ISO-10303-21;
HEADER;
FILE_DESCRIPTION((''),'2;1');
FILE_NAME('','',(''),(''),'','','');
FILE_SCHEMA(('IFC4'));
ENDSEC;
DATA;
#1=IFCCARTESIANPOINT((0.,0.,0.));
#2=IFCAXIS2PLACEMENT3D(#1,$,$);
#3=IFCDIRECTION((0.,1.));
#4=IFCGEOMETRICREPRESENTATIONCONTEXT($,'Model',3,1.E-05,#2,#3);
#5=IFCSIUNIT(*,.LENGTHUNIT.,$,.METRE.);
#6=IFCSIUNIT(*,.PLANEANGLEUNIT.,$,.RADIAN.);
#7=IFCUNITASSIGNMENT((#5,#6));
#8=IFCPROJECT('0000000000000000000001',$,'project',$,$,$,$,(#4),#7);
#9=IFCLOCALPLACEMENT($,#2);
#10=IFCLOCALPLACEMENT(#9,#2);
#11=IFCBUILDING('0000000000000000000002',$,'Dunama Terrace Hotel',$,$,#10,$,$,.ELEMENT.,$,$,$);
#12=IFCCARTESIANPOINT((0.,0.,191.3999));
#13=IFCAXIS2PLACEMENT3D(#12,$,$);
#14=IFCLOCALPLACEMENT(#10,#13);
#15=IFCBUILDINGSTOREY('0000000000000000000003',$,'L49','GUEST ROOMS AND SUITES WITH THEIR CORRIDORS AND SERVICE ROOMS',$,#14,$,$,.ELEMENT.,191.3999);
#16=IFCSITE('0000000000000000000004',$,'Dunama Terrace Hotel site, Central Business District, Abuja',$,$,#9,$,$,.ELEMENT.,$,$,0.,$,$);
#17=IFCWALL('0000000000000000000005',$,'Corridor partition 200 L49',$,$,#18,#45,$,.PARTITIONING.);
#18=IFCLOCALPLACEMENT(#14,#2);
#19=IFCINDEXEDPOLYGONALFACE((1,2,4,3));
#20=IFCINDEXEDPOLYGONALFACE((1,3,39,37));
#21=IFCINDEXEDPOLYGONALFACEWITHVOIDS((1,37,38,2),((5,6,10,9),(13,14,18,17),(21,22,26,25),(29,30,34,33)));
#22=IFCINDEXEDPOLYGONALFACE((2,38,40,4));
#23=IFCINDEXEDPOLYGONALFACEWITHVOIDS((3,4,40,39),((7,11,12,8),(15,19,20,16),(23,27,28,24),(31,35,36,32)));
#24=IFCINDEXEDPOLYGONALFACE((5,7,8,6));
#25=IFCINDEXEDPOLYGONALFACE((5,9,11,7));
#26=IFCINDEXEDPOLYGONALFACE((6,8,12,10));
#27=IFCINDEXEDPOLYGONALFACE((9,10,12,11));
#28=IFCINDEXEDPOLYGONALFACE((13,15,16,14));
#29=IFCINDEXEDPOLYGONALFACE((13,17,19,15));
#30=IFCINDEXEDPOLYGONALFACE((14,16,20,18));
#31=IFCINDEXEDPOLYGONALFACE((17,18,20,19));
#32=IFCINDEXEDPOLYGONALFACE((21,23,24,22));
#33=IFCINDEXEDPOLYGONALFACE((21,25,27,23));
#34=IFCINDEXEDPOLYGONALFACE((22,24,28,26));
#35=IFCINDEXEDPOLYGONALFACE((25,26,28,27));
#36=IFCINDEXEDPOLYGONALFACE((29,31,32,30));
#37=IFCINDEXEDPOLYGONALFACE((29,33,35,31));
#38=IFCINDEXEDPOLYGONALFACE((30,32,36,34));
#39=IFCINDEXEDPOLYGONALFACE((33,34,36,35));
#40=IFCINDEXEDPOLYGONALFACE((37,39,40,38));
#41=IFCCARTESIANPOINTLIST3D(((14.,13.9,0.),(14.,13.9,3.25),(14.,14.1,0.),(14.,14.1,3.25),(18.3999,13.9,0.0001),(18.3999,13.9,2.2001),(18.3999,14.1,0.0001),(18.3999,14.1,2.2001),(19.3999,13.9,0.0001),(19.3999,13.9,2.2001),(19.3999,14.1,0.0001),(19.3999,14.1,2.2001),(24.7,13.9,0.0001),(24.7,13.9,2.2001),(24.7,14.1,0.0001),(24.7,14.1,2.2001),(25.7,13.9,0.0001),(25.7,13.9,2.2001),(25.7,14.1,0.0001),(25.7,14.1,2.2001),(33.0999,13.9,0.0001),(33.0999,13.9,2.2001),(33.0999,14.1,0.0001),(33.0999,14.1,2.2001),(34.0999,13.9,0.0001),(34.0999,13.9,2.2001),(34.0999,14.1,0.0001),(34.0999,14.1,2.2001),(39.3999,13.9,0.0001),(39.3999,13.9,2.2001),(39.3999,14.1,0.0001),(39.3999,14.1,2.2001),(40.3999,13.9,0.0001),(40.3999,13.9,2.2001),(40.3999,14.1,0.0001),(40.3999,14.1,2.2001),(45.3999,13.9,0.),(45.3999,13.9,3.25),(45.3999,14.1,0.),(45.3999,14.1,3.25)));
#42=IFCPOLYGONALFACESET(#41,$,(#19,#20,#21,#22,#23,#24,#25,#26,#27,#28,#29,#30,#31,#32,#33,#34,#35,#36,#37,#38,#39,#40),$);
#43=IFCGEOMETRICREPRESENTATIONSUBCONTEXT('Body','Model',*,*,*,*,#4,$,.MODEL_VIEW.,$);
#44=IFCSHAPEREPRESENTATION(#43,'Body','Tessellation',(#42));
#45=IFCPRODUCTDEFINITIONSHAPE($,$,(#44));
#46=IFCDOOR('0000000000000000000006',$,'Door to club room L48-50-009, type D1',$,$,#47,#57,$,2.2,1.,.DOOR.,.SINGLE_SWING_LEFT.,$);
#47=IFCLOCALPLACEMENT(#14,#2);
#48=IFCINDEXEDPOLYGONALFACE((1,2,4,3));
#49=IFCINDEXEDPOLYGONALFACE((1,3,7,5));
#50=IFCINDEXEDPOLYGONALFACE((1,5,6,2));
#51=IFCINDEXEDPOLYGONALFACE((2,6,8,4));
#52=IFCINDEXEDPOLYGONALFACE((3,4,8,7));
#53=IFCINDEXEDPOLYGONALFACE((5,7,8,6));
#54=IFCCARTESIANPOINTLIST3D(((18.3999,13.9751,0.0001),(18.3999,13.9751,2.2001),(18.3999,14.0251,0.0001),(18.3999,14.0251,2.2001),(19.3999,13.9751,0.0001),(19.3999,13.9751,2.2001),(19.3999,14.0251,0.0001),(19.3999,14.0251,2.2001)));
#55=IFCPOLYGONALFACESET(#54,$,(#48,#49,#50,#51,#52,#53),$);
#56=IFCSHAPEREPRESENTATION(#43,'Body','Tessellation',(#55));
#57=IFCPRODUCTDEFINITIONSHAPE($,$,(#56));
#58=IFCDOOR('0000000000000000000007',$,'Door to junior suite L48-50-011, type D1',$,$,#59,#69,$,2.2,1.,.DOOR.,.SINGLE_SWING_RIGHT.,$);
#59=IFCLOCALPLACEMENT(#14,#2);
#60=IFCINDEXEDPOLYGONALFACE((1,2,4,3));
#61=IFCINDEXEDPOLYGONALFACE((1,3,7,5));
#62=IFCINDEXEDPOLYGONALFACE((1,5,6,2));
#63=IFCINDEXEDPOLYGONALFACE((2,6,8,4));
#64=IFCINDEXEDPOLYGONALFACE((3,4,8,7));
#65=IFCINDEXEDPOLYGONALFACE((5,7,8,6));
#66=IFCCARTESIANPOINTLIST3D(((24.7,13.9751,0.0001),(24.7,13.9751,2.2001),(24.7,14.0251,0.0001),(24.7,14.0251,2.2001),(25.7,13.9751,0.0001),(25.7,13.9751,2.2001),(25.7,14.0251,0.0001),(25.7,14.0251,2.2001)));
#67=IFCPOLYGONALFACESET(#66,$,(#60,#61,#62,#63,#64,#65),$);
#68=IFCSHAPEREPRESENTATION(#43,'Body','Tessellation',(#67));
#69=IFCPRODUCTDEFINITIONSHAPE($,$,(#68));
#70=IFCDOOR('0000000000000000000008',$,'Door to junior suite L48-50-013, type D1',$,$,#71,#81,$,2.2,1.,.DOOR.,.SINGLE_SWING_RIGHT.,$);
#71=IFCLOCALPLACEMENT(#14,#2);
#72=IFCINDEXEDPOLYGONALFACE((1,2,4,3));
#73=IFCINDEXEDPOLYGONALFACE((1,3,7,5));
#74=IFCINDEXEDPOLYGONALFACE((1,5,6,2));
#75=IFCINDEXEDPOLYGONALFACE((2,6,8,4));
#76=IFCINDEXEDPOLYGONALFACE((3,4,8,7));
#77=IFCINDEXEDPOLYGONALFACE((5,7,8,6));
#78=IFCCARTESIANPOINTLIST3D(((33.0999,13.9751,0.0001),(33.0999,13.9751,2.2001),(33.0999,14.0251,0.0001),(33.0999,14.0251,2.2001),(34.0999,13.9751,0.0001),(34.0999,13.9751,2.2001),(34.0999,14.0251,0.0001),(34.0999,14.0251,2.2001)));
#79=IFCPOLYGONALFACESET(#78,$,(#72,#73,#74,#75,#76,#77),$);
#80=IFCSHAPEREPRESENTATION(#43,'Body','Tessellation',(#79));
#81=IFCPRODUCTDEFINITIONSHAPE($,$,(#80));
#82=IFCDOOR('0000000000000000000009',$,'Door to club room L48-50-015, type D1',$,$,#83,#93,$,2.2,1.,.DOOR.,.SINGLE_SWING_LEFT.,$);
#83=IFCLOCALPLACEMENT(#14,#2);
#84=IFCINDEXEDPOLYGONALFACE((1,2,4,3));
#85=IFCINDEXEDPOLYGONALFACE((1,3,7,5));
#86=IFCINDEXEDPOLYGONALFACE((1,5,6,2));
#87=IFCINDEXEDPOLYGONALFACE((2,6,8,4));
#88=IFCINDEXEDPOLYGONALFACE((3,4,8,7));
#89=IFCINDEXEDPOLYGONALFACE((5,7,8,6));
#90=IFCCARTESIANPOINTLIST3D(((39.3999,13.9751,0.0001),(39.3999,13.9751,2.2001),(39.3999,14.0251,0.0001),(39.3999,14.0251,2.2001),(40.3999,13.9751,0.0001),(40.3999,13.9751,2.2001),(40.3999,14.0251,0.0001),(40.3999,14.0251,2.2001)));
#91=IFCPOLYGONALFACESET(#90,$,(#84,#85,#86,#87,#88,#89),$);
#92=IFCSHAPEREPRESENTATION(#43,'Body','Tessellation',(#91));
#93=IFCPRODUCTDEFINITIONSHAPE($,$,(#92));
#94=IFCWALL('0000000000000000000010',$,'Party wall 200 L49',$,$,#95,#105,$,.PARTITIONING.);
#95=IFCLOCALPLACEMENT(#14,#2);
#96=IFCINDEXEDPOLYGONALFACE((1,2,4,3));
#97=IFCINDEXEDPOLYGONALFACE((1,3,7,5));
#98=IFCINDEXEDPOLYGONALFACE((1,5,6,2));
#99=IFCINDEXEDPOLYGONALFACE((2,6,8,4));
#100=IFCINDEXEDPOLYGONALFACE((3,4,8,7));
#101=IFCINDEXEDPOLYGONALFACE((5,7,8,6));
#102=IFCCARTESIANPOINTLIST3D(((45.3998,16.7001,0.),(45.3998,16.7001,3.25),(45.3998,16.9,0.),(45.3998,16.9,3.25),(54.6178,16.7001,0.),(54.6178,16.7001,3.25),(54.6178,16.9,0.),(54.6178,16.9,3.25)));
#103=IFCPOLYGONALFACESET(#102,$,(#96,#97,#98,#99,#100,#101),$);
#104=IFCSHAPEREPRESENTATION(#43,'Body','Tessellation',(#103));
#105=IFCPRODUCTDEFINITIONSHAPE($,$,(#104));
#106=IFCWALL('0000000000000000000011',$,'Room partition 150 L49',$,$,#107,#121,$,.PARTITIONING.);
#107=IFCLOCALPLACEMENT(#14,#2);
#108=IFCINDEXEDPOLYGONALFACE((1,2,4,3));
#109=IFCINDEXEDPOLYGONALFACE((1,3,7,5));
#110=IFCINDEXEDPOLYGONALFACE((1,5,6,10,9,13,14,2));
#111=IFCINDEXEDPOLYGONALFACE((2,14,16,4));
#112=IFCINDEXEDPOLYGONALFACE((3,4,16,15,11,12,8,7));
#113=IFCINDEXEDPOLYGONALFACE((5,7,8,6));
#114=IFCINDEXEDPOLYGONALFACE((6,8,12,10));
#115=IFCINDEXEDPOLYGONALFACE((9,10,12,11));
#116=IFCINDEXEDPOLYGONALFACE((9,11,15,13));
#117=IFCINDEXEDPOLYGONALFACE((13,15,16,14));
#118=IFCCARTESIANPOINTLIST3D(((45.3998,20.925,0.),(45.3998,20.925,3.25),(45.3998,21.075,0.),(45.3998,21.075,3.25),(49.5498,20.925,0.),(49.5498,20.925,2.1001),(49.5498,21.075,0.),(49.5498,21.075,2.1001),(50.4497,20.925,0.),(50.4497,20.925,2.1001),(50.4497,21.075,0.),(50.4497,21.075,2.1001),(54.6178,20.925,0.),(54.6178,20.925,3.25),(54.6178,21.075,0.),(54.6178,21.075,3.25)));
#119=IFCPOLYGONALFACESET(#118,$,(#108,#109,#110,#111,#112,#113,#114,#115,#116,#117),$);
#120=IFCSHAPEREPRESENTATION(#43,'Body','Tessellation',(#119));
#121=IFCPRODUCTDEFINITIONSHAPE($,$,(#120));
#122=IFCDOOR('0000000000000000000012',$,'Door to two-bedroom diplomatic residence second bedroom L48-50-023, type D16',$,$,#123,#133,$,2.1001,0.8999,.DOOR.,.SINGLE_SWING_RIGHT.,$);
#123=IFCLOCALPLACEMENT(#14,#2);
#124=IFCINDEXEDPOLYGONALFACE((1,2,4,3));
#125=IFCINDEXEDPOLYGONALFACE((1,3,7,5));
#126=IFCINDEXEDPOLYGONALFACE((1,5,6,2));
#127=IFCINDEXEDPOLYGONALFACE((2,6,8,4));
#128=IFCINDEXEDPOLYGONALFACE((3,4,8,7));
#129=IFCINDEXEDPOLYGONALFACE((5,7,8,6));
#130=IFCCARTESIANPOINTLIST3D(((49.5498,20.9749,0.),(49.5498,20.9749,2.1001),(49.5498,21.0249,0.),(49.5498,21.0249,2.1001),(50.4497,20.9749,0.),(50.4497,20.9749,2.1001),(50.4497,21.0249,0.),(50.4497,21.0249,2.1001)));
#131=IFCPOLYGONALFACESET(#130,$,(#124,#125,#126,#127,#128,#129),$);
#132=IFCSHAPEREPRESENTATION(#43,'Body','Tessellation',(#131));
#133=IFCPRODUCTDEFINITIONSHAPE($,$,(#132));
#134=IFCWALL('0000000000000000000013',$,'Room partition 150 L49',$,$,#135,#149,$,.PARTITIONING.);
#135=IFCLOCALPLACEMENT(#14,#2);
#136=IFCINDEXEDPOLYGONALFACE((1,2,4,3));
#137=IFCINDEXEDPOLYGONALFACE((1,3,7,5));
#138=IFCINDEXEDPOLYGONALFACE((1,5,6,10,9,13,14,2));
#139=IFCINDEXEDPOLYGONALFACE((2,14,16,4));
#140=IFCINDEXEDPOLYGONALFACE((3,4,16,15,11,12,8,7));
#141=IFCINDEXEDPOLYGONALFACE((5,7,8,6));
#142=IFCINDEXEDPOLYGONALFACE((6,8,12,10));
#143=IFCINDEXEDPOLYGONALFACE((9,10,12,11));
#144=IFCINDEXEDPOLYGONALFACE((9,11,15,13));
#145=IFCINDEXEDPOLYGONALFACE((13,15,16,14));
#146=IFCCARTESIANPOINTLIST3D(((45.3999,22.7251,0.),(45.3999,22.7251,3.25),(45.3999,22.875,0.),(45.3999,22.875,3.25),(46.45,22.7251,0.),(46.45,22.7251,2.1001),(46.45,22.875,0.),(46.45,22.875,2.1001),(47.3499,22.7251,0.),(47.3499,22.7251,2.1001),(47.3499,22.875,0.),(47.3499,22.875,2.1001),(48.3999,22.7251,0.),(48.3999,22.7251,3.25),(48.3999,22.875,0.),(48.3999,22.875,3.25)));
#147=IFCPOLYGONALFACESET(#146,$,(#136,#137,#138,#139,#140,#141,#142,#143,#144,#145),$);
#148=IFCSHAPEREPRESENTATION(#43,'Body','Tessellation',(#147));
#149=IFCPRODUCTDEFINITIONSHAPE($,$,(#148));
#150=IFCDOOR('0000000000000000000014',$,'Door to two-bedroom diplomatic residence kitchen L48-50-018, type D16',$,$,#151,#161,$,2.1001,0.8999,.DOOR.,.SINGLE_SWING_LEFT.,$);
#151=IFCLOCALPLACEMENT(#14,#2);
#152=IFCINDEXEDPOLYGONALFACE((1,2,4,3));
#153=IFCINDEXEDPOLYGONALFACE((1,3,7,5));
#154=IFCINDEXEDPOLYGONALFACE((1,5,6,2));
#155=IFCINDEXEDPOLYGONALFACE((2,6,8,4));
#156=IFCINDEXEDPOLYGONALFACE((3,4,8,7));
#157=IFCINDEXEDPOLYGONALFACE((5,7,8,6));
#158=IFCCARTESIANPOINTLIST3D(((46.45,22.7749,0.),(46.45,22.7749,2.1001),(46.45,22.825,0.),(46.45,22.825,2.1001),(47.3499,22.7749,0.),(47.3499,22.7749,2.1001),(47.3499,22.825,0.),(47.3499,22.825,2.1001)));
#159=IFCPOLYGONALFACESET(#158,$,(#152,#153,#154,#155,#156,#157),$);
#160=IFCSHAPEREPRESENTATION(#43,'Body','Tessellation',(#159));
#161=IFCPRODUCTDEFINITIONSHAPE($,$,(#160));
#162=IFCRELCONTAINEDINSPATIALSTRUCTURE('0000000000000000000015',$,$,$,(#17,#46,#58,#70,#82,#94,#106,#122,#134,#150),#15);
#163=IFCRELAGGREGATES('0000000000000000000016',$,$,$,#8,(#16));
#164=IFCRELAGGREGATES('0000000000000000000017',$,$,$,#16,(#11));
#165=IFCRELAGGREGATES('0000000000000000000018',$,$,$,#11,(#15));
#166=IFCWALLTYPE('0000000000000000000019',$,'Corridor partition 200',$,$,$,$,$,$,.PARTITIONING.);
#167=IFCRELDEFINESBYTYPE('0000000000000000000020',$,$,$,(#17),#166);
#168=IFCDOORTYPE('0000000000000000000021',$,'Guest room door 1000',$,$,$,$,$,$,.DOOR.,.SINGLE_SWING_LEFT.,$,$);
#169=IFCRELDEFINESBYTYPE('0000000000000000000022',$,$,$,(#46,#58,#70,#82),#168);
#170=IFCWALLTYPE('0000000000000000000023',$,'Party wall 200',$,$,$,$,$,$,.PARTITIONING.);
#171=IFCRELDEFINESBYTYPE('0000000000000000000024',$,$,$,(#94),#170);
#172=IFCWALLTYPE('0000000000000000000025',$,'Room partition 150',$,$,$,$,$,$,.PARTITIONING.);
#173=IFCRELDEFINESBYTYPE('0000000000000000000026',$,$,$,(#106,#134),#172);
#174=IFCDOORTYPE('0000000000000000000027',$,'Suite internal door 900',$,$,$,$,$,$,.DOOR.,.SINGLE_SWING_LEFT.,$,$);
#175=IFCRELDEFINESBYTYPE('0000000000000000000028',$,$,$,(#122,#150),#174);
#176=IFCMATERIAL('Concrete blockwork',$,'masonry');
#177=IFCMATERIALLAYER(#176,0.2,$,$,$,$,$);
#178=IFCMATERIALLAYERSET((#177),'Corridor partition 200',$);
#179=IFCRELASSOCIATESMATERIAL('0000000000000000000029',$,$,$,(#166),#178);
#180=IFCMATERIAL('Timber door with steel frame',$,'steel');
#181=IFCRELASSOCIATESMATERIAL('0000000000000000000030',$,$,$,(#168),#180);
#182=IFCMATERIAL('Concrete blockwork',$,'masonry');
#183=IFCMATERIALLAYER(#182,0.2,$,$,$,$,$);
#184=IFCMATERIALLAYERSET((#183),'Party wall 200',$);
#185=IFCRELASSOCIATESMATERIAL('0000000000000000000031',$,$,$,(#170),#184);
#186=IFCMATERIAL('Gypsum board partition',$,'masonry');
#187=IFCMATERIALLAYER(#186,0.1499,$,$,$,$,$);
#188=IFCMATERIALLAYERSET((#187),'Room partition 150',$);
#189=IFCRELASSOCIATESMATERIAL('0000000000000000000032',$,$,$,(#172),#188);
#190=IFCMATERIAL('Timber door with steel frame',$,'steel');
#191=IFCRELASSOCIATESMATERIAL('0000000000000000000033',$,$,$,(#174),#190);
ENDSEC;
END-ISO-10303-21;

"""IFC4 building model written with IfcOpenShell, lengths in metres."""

from ifc_helpers import new_model, si_unit, direction, frame, frame_2d, origin, place, context, subcontext, project, spatial, rectangle, extrude, material, layer, layer_set, type_object, element, fill, save


model = new_model("IFC4")

# Units and contexts
model_context = context("Model", 3, precision=1e-05, world=origin(), true_north=direction((0.0, 1.0)))
body_context = subcontext(model_context, "Body", "Model", "MODEL_VIEW")
ifc_project = project(units=[si_unit("LENGTHUNIT", "METRE"), si_unit("PLANEANGLEUNIT", "RADIAN")], contexts=[model_context])

# Site, building, storey
site_placement = place(None, origin())
site = spatial("IfcSite", under=ifc_project, at=site_placement, Name="Dunama Terrace Hotel site, Central Business District, Abuja", CompositionType="ELEMENT", RefElevation=0.0)
building_placement = place(site_placement, origin())
building = spatial("IfcBuilding", under=site, at=building_placement, Name="Dunama Terrace Hotel", CompositionType="ELEMENT")
storey_placement = place(building_placement, frame((0.0, 0.0, 191.3999)))
storey = spatial("IfcBuildingStorey", under=building, at=storey_placement, Name="L49", Description="GUEST ROOMS AND SUITES WITH THEIR CORRIDORS AND SERVICE ROOMS", CompositionType="ELEMENT", Elevation=191.3999)

# Wall, openings, doors
ifc_material_1 = material(Name="Concrete blockwork", Category="masonry")
ifc_layer_1 = layer(ifc_material_1, 0.2)
ifc_layer_set_1 = layer_set([ifc_layer_1], Name="Corridor partition 200")
wall_type_1 = type_object("IfcWallType", Name="Corridor partition 200", PredefinedType="PARTITIONING", material=ifc_layer_set_1)
wall_1_placement = place(storey_placement, frame((45.3999, 14.0, 0.0), z_axis=(0.0, 0.0, 1.0), x_axis=(-1.0, 0.0, 0.0)))
wall_1 = element("IfcWall", 1, at=wall_1_placement, inside=storey, type_object=wall_type_1, Name="Corridor partition 200 L49", PredefinedType="PARTITIONING", context=body_context, shape_type="SweptSolid", body=[
    extrude(rectangle(XDim=31.3999, YDim=0.2, at=frame_2d((15.7, 0.0))), origin(), (0.0, 0.0, 1.0), 3.25),
])
opening_1_placement = place(wall_1_placement, frame((26.0, 0.0, 0.0)))
opening_1 = element("IfcOpeningElement", 2, at=opening_1_placement, cuts=wall_1, PredefinedType="OPENING", context=body_context, shape_type="SweptSolid", body=[
    extrude(rectangle(XDim=1.0, YDim=2.2, at=frame_2d((0.5, 1.1001))), frame((0.0, 0.1099, 0.0), z_axis=(0.0, -1.0, 0.0), x_axis=(1.0, 0.0, 0.0)), (0.0, 0.0, 1.0), 0.22),
])
opening_2_placement = place(wall_1_placement, frame((19.7, 0.0, 0.0)))
opening_2 = element("IfcOpeningElement", 3, at=opening_2_placement, cuts=wall_1, PredefinedType="OPENING", context=body_context, shape_type="SweptSolid", body=[
    extrude(rectangle(XDim=1.0, YDim=2.2, at=frame_2d((0.5, 1.1001))), frame((0.0, 0.1099, 0.0), z_axis=(0.0, -1.0, 0.0), x_axis=(1.0, 0.0, 0.0)), (0.0, 0.0, 1.0), 0.22),
])
opening_3_placement = place(wall_1_placement, frame((11.3, 0.0, 0.0)))
opening_3 = element("IfcOpeningElement", 4, at=opening_3_placement, cuts=wall_1, PredefinedType="OPENING", context=body_context, shape_type="SweptSolid", body=[
    extrude(rectangle(XDim=1.0, YDim=2.2, at=frame_2d((0.5, 1.1001))), frame((0.0, 0.1099, 0.0), z_axis=(0.0, -1.0, 0.0), x_axis=(1.0, 0.0, 0.0)), (0.0, 0.0, 1.0), 0.22),
])
opening_4_placement = place(wall_1_placement, frame((5.0, 0.0, 0.0)))
opening_4 = element("IfcOpeningElement", 5, at=opening_4_placement, cuts=wall_1, PredefinedType="OPENING", context=body_context, shape_type="SweptSolid", body=[
    extrude(rectangle(XDim=1.0, YDim=2.2, at=frame_2d((0.5, 1.1001))), frame((0.0, 0.1099, 0.0), z_axis=(0.0, -1.0, 0.0), x_axis=(1.0, 0.0, 0.0)), (0.0, 0.0, 1.0), 0.22),
])
ifc_material_2 = material(Name="Timber door with steel frame", Category="steel")
door_type_1 = type_object("IfcDoorType", Name="Guest room door 1000", OperationType="SINGLE_SWING_LEFT", PredefinedType="DOOR", material=ifc_material_2)
door_1_placement = place(opening_1_placement, origin())
door_1 = element("IfcDoor", 6, at=door_1_placement, inside=storey, type_object=door_type_1, Name="Door to club room L48-50-009, type D1", OperationType="SINGLE_SWING_LEFT", OverallHeight=2.2, OverallWidth=1.0, PredefinedType="DOOR", context=body_context, shape_type="SweptSolid", body=[
    extrude(rectangle(XDim=1.0, YDim=2.2, at=frame_2d((0.5, 1.1001))), frame((0.0, 0.0249, 0.0), z_axis=(0.0, -1.0, 0.0), x_axis=(1.0, 0.0, 0.0)), (0.0, 0.0, 1.0), 0.05),
])
fill(opening_1, door_1)
door_2_placement = place(opening_2_placement, origin())
door_2 = element("IfcDoor", 7, at=door_2_placement, inside=storey, type_object=door_type_1, Name="Door to junior suite L48-50-011, type D1", OperationType="SINGLE_SWING_RIGHT", OverallHeight=2.2, OverallWidth=1.0, PredefinedType="DOOR", context=body_context, shape_type="SweptSolid", body=[
    extrude(rectangle(XDim=1.0, YDim=2.2, at=frame_2d((0.5, 1.1001))), frame((0.0, 0.0249, 0.0), z_axis=(0.0, -1.0, 0.0), x_axis=(1.0, 0.0, 0.0)), (0.0, 0.0, 1.0), 0.05),
])
fill(opening_2, door_2)
door_3_placement = place(opening_3_placement, origin())
door_3 = element("IfcDoor", 8, at=door_3_placement, inside=storey, type_object=door_type_1, Name="Door to junior suite L48-50-013, type D1", OperationType="SINGLE_SWING_RIGHT", OverallHeight=2.2, OverallWidth=1.0, PredefinedType="DOOR", context=body_context, shape_type="SweptSolid", body=[
    extrude(rectangle(XDim=1.0, YDim=2.2, at=frame_2d((0.5, 1.1001))), frame((0.0, 0.0249, 0.0), z_axis=(0.0, -1.0, 0.0), x_axis=(1.0, 0.0, 0.0)), (0.0, 0.0, 1.0), 0.05),
])
fill(opening_3, door_3)
door_4_placement = place(opening_4_placement, origin())
door_4 = element("IfcDoor", 9, at=door_4_placement, inside=storey, type_object=door_type_1, Name="Door to club room L48-50-015, type D1", OperationType="SINGLE_SWING_LEFT", OverallHeight=2.2, OverallWidth=1.0, PredefinedType="DOOR", context=body_context, shape_type="SweptSolid", body=[
    extrude(rectangle(XDim=1.0, YDim=2.2, at=frame_2d((0.5, 1.1001))), frame((0.0, 0.0249, 0.0), z_axis=(0.0, -1.0, 0.0), x_axis=(1.0, 0.0, 0.0)), (0.0, 0.0, 1.0), 0.05),
])
fill(opening_4, door_4)

# Wall
ifc_material_3 = material(Name="Concrete blockwork", Category="masonry")
ifc_layer_2 = layer(ifc_material_3, 0.2)
ifc_layer_set_2 = layer_set([ifc_layer_2], Name="Party wall 200")
wall_type_2 = type_object("IfcWallType", Name="Party wall 200", PredefinedType="PARTITIONING", material=ifc_layer_set_2)
wall_2_placement = place(storey_placement, frame((45.3999, 16.8, 0.0), z_axis=(0.0, 0.0, 1.0), x_axis=(1.0, 0.0, 0.0)))
element("IfcWall", 10, at=wall_2_placement, inside=storey, type_object=wall_type_2, Name="Party wall 200 L49", PredefinedType="PARTITIONING", context=body_context, shape_type="SweptSolid", body=[
    extrude(rectangle(XDim=9.218, YDim=0.2, at=frame_2d((4.6089, 0.0))), origin(), (0.0, 0.0, 1.0), 3.25),
])

# Walls, openings, doors
ifc_material_4 = material(Name="Gypsum board partition", Category="masonry")
ifc_layer_3 = layer(ifc_material_4, 0.1499)
ifc_layer_set_3 = layer_set([ifc_layer_3], Name="Room partition 150")
wall_type_3 = type_object("IfcWallType", Name="Room partition 150", PredefinedType="PARTITIONING", material=ifc_layer_set_3)
wall_3_placement = place(storey_placement, frame((45.3999, 21.0, 0.0), z_axis=(0.0, 0.0, 1.0), x_axis=(1.0, 0.0, 0.0)))
wall_3 = element("IfcWall", 11, at=wall_3_placement, inside=storey, type_object=wall_type_3, Name="Room partition 150 L49", PredefinedType="PARTITIONING", context=body_context, shape_type="SweptSolid", body=[
    extrude(rectangle(XDim=9.218, YDim=0.1499, at=frame_2d((4.6089, 0.0))), origin(), (0.0, 0.0, 1.0), 3.25),
])
opening_5_placement = place(wall_3_placement, frame((4.1499, 0.0, 0.0)))
opening_5 = element("IfcOpeningElement", 12, at=opening_5_placement, cuts=wall_3, PredefinedType="OPENING", context=body_context, shape_type="SweptSolid", body=[
    extrude(rectangle(XDim=0.8999, YDim=2.1001, at=frame_2d((0.45, 1.05))), frame((0.0, 0.085, 0.0), z_axis=(0.0, -1.0, 0.0), x_axis=(1.0, 0.0, 0.0)), (0.0, 0.0, 1.0), 0.1699),
])
ifc_material_5 = material(Name="Timber door with steel frame", Category="steel")
door_type_2 = type_object("IfcDoorType", Name="Suite internal door 900", OperationType="SINGLE_SWING_LEFT", PredefinedType="DOOR", material=ifc_material_5)
door_5_placement = place(opening_5_placement, frame((0.8999, 0.0, 0.0), z_axis=(0.0, 0.0, 1.0), x_axis=(-1.0, 0.0, 0.0)))
door_5 = element("IfcDoor", 13, at=door_5_placement, inside=storey, type_object=door_type_2, Name="Door to two-bedroom diplomatic residence second bedroom L48-50-023, type D16", OperationType="SINGLE_SWING_RIGHT", OverallHeight=2.1001, OverallWidth=0.8999, PredefinedType="DOOR", context=body_context, shape_type="SweptSolid", body=[
    extrude(rectangle(XDim=0.8999, YDim=2.1001, at=frame_2d((0.45, 1.05))), frame((0.0, 0.0251, 0.0), z_axis=(0.0, -1.0, 0.0), x_axis=(1.0, 0.0, 0.0)), (0.0, 0.0, 1.0), 0.05),
])
fill(opening_5, door_5)
wall_4_placement = place(storey_placement, frame((45.3999, 22.8, 0.0), z_axis=(0.0, 0.0, 1.0), x_axis=(1.0, 0.0, 0.0)))
wall_4 = element("IfcWall", 14, at=wall_4_placement, inside=storey, type_object=wall_type_3, Name="Room partition 150 L49", PredefinedType="PARTITIONING", context=body_context, shape_type="SweptSolid", body=[
    extrude(rectangle(XDim=3.0, YDim=0.1499, at=frame_2d((1.5, 0.0))), origin(), (0.0, 0.0, 1.0), 3.25),
])
opening_6_placement = place(wall_4_placement, frame((1.05, 0.0, 0.0)))
opening_6 = element("IfcOpeningElement", 15, at=opening_6_placement, cuts=wall_4, PredefinedType="OPENING", context=body_context, shape_type="SweptSolid", body=[
    extrude(rectangle(XDim=0.8999, YDim=2.1001, at=frame_2d((0.45, 1.05))), frame((0.0, 0.085, 0.0), z_axis=(0.0, -1.0, 0.0), x_axis=(1.0, 0.0, 0.0)), (0.0, 0.0, 1.0), 0.1699),
])
door_6_placement = place(opening_6_placement, origin())
door_6 = element("IfcDoor", 16, at=door_6_placement, inside=storey, type_object=door_type_2, Name="Door to two-bedroom diplomatic residence kitchen L48-50-018, type D16", OperationType="SINGLE_SWING_LEFT", OverallHeight=2.1001, OverallWidth=0.8999, PredefinedType="DOOR", context=body_context, shape_type="SweptSolid", body=[
    extrude(rectangle(XDim=0.8999, YDim=2.1001, at=frame_2d((0.45, 1.05))), frame((0.0, 0.0249, 0.0), z_axis=(0.0, -1.0, 0.0), x_axis=(1.0, 0.0, 0.0)), (0.0, 0.0, 1.0), 0.05),
])
fill(opening_6, door_6)

save(model, "model.ifc")
